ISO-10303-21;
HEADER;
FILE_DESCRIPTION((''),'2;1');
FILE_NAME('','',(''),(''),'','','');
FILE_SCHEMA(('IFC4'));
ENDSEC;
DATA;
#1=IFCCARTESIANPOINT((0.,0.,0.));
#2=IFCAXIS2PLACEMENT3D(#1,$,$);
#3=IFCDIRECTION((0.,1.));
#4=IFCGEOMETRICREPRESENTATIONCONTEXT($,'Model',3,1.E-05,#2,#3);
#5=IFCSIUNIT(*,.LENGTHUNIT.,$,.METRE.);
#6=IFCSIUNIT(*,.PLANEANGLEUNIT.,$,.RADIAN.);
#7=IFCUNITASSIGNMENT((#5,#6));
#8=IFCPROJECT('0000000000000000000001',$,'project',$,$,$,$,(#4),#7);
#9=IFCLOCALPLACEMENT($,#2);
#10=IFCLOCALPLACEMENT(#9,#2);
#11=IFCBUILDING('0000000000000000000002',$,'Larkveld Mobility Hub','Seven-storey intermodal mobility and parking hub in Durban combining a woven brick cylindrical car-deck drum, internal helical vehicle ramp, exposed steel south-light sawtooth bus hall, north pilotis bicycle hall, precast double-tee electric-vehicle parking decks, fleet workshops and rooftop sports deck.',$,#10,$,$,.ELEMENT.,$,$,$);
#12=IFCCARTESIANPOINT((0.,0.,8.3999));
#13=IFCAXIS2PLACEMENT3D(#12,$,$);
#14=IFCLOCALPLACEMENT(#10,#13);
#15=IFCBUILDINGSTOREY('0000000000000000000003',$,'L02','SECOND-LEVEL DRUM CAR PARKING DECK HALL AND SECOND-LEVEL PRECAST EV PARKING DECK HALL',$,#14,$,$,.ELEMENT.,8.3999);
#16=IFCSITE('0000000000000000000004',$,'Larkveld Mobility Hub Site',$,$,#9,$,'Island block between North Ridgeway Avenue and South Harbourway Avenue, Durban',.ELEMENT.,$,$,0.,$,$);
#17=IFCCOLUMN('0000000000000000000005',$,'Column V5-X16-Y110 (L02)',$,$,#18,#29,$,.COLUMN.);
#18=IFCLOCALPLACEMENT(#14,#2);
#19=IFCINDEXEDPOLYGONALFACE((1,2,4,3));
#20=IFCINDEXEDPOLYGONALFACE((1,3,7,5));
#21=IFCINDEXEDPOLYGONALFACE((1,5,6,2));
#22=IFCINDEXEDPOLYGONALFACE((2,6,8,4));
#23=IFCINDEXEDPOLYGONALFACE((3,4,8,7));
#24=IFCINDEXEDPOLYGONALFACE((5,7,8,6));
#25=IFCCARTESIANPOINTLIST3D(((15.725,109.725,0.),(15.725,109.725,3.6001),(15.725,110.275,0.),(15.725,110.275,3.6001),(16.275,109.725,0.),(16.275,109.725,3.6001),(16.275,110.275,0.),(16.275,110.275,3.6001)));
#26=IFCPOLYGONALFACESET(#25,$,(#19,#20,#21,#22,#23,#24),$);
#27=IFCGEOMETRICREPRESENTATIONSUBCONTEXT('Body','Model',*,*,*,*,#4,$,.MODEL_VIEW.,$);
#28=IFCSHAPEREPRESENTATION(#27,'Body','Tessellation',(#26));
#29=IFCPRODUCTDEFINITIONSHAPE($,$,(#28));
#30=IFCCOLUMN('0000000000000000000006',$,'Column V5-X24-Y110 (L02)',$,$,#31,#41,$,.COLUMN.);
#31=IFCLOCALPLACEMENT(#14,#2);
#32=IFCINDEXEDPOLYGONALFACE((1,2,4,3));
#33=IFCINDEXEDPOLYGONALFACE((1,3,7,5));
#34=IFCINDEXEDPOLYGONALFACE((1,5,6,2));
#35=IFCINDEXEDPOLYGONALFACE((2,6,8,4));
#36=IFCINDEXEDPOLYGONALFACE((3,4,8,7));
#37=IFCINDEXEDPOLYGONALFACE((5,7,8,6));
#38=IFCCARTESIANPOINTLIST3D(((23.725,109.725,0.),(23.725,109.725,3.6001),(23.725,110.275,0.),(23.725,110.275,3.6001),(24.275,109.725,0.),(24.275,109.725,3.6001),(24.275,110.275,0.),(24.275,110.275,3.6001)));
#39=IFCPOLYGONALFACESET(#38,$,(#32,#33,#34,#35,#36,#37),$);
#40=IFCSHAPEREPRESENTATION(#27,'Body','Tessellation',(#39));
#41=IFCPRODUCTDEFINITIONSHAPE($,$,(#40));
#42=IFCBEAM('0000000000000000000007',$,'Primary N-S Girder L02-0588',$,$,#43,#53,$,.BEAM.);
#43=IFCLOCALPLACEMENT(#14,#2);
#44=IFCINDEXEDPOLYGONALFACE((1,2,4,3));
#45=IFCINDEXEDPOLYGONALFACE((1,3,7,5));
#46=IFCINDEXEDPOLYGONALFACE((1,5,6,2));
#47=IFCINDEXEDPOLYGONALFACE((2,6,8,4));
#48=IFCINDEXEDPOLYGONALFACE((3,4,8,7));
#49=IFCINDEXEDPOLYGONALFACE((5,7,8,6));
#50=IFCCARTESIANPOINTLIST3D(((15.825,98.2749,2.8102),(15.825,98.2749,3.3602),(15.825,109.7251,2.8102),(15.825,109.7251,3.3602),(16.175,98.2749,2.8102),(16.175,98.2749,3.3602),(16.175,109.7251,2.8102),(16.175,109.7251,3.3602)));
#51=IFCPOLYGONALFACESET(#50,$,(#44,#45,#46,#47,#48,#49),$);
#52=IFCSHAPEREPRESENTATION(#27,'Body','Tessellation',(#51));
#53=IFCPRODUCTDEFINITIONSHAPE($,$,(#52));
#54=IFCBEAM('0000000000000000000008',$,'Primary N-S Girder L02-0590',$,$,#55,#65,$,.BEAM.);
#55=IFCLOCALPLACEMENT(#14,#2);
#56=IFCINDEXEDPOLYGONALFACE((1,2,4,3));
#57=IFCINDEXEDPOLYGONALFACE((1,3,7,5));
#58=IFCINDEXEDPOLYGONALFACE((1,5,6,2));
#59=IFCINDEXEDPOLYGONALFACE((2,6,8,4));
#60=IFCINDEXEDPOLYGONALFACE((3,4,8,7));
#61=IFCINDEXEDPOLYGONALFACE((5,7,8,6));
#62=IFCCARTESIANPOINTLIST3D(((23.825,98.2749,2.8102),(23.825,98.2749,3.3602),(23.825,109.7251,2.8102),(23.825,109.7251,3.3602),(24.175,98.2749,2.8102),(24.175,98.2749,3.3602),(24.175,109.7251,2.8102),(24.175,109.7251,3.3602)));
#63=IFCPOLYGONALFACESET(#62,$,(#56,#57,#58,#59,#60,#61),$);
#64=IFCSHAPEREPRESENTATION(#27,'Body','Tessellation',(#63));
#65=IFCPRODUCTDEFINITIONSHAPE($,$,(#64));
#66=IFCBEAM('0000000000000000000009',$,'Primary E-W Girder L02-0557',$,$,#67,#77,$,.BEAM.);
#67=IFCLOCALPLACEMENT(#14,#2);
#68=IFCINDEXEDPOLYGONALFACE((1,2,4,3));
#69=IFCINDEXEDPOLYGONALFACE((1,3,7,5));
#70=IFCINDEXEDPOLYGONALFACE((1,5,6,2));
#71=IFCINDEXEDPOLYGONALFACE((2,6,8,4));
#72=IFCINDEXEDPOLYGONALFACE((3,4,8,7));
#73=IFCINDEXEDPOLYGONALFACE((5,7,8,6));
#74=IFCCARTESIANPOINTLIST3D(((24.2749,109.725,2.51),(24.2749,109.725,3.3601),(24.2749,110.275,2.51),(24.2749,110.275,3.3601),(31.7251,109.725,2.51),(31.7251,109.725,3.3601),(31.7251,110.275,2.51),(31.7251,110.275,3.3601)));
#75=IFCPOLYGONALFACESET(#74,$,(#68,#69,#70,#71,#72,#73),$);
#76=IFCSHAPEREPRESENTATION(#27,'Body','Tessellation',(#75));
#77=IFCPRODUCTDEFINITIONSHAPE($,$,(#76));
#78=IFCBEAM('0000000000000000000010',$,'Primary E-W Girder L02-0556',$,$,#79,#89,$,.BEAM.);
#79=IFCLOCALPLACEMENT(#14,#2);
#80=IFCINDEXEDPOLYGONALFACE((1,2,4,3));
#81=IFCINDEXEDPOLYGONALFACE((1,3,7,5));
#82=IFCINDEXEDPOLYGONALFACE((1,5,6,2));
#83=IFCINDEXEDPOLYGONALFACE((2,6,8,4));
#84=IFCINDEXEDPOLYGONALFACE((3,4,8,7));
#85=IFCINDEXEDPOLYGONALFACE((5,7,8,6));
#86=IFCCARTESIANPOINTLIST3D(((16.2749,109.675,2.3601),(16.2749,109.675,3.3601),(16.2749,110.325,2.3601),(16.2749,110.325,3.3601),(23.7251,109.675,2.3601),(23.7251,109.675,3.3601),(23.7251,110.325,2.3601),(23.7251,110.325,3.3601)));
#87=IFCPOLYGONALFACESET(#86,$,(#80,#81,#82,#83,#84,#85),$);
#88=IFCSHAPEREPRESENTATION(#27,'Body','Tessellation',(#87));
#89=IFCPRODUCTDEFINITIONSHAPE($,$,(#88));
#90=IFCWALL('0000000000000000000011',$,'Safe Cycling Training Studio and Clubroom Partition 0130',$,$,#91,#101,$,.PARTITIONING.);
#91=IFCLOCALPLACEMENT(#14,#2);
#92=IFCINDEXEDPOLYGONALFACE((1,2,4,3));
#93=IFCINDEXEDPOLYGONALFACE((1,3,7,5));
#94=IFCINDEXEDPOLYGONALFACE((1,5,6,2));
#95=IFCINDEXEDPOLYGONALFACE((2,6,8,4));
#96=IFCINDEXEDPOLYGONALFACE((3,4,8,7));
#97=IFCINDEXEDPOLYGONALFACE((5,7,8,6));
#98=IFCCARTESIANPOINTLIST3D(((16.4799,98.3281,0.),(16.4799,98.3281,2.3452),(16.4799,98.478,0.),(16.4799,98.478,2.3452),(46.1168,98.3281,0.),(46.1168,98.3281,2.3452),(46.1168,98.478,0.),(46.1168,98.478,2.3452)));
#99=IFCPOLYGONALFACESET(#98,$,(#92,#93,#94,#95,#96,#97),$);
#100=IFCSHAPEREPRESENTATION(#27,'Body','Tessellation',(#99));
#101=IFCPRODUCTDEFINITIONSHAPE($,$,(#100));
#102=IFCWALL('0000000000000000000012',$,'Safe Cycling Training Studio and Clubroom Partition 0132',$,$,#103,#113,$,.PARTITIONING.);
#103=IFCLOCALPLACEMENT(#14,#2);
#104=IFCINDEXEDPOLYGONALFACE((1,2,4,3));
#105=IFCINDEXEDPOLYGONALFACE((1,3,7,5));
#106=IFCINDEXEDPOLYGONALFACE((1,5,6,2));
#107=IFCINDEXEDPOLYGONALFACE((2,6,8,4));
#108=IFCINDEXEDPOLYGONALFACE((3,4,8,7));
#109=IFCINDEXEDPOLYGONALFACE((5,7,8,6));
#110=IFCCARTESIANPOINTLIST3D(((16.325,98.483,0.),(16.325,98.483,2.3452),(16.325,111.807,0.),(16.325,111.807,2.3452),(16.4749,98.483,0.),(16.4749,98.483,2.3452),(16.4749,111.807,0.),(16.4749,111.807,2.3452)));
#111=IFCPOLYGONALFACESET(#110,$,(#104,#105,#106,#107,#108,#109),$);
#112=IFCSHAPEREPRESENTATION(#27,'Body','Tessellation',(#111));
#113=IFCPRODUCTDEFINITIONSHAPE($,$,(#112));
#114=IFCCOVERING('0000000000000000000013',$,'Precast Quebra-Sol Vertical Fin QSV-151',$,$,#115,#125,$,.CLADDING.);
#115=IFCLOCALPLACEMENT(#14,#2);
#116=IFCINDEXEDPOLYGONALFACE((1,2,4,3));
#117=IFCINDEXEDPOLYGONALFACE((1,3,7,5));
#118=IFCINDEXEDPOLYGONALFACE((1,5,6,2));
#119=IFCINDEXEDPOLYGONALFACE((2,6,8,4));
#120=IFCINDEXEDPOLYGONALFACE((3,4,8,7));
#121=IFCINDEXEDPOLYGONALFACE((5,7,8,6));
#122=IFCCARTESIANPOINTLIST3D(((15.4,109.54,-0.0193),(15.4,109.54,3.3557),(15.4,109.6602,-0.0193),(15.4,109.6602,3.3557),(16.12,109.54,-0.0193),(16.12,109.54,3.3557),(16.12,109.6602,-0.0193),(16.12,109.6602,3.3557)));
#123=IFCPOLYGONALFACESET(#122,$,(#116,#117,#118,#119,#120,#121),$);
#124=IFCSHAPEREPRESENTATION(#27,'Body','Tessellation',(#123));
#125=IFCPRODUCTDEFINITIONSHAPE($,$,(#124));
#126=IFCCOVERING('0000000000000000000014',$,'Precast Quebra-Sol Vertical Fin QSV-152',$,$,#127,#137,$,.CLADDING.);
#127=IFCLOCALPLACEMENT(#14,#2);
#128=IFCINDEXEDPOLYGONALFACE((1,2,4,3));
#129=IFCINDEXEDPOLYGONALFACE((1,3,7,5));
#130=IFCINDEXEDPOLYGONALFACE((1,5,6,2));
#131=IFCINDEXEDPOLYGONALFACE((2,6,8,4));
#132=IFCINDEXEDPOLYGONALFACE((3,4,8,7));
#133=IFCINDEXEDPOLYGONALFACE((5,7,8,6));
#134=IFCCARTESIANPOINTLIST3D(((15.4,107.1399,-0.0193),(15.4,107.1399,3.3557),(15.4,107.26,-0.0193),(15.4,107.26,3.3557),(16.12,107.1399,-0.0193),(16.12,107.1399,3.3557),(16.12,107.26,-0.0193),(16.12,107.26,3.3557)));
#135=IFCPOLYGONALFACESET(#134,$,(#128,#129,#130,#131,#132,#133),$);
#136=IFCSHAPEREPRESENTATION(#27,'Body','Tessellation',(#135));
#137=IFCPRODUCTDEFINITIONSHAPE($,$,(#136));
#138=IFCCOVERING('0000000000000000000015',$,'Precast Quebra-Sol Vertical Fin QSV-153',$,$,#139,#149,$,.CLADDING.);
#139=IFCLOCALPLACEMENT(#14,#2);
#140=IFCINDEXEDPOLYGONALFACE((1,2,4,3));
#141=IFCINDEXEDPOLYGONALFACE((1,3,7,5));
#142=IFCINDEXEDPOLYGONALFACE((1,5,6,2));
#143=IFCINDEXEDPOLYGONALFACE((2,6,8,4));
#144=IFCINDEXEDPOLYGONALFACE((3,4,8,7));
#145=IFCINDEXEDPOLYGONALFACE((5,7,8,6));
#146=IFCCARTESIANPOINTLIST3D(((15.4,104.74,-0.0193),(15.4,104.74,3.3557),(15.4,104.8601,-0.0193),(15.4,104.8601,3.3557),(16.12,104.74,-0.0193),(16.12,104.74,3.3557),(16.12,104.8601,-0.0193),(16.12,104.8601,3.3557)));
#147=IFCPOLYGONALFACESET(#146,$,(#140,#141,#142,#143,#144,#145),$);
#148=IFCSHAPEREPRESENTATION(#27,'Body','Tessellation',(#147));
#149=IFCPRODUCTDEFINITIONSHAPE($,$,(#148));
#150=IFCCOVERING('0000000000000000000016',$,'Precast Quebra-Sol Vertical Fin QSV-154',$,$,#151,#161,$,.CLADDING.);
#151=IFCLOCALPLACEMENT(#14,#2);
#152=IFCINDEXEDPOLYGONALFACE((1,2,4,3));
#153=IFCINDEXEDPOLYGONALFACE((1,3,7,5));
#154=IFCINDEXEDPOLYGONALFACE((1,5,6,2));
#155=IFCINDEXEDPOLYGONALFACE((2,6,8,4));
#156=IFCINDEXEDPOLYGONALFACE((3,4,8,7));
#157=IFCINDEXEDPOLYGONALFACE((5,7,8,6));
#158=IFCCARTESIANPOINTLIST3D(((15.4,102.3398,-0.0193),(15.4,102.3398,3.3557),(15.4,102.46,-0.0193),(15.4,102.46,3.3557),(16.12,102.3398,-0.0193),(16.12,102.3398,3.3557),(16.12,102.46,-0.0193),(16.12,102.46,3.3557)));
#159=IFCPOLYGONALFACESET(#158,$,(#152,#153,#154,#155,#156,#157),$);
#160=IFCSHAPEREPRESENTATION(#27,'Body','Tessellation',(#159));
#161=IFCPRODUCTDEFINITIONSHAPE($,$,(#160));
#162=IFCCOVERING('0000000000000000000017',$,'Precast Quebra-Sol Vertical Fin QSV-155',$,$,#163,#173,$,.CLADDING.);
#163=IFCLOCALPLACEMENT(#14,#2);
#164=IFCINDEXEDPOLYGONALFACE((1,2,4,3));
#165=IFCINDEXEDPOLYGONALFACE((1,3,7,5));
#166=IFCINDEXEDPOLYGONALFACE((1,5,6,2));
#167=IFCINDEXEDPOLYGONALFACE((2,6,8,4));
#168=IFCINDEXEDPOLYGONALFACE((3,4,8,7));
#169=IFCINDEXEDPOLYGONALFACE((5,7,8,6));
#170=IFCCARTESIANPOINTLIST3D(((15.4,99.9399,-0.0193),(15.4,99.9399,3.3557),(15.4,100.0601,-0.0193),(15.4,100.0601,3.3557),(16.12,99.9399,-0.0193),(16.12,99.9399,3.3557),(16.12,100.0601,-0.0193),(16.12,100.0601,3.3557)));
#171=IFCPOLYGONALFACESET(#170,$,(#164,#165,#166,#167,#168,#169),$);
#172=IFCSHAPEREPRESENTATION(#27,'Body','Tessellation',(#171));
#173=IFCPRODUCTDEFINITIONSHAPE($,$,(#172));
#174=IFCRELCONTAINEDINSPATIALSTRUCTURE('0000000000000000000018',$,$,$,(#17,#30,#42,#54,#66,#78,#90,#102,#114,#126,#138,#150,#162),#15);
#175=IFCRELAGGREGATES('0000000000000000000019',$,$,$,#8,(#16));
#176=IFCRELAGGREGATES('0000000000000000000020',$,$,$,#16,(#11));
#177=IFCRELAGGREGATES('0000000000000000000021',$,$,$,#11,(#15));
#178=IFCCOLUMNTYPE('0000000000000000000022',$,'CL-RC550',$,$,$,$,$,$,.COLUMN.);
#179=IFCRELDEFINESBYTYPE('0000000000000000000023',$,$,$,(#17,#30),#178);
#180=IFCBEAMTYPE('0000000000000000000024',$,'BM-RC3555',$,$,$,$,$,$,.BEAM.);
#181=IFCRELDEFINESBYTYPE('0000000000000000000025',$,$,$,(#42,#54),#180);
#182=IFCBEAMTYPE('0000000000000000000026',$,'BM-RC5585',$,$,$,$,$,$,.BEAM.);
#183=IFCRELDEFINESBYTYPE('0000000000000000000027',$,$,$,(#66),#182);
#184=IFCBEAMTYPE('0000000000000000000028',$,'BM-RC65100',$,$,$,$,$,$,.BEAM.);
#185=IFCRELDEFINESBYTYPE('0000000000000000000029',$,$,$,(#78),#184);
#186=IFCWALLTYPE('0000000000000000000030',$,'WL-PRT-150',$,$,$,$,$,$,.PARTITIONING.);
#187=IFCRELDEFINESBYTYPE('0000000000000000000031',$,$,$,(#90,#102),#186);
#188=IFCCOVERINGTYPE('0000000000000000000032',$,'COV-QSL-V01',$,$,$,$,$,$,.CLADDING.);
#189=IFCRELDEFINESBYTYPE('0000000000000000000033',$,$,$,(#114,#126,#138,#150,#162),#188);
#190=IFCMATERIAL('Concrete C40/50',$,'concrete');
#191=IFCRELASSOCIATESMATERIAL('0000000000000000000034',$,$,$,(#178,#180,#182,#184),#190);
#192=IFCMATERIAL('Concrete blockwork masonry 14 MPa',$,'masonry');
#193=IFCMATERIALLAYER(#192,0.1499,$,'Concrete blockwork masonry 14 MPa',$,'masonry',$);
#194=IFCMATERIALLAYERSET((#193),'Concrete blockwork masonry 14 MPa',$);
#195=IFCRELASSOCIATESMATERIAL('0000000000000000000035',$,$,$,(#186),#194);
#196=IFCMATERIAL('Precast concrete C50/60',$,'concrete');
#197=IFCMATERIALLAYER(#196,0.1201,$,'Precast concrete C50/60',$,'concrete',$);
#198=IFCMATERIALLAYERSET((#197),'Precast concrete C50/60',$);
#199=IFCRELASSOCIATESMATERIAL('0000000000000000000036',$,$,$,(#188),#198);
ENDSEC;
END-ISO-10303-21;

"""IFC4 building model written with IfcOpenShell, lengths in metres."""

from ifc_helpers import new_model, si_unit, direction, frame, frame_2d, origin, origin_2d, place, context, subcontext, project, spatial, rectangle, extrude, material, layer, layer_set, material_profile, profile_set, type_object, element, save


model = new_model("IFC4")

# Units and contexts
model_context = context("Model", 3, precision=1e-05, world=origin(), true_north=direction((0.0, 1.0)))
body_context = subcontext(model_context, "Body", "Model", "MODEL_VIEW")
ifc_project = project(units=[si_unit("LENGTHUNIT", "METRE"), si_unit("PLANEANGLEUNIT", "RADIAN")], contexts=[model_context])

# Site, building, storey
site_placement = place(None, origin())
site = spatial("IfcSite", under=ifc_project, at=site_placement, Name="Larkveld Mobility Hub Site", LongName="Island block between North Ridgeway Avenue and South Harbourway Avenue, Durban", CompositionType="ELEMENT", RefElevation=0.0)
building_placement = place(site_placement, origin())
building = spatial("IfcBuilding", under=site, at=building_placement, Name="Larkveld Mobility Hub", Description="Seven-storey intermodal mobility and parking hub in Durban combining a woven brick cylindrical car-deck drum, internal helical vehicle ramp, exposed steel south-light sawtooth bus hall, north pilotis bicycle hall, precast double-tee electric-vehicle parking decks, fleet workshops and rooftop sports deck.", CompositionType="ELEMENT")
storey_placement = place(building_placement, frame((0.0, 0.0, 8.3999)))
storey = spatial("IfcBuildingStorey", under=building, at=storey_placement, Name="L02", Description="SECOND-LEVEL DRUM CAR PARKING DECK HALL AND SECOND-LEVEL PRECAST EV PARKING DECK HALL", CompositionType="ELEMENT", Elevation=8.3999)

# Columns
ifc_material_1 = material(Name="Concrete C40/50", Category="concrete")
ifc_material_profile_1 = material_profile(ifc_material_1, rectangle(XDim=0.55, YDim=0.55, at=origin_2d()), Name="RC COL 550x550")
ifc_profile_set_1 = profile_set([ifc_material_profile_1], Name="Concrete C40/50")
column_type = type_object("IfcColumnType", Name="CL-RC550", PredefinedType="COLUMN", material=ifc_profile_set_1)
for number, where, z_axis, x_axis, name in (
    (1, (16.0, 110.0, 0.0), (0.0, 0.0, 1.0), (1.0, 0.0, 0.0), "Column V5-X16-Y110 (L02)"),
    (2, (24.0, 110.0, 0.0), (0.0, 0.0, 1.0), (1.0, 0.0, 0.0), "Column V5-X24-Y110 (L02)"),
):
    element("IfcColumn", number, at=place(storey_placement, frame(where, z_axis=z_axis, x_axis=x_axis)), inside=storey, type_object=column_type, Name=name, PredefinedType="COLUMN", context=body_context, shape_type="SweptSolid", body=[
        extrude(rectangle(XDim=0.55, YDim=0.55, at=origin_2d()), origin(), (0.0, 0.0, 1.0), 3.6001),
    ])

# Beams
ifc_material_profile_2 = material_profile(ifc_material_1, rectangle(XDim=0.3501, YDim=0.55, at=origin_2d()), Name="RC BM 350x550")
ifc_profile_set_2 = profile_set([ifc_material_profile_2], Name="Concrete C40/50")
beam_type_1 = type_object("IfcBeamType", Name="BM-RC3555", PredefinedType="BEAM", material=ifc_profile_set_2)
for number, where, z_axis, x_axis, name in (
    (3, (16.0, 98.2749, 3.0852), (0.0, 1.0, 0.0), (-1.0, 0.0, 0.0), "Primary N-S Girder L02-0588"),
    (4, (24.0, 98.2749, 3.0852), (0.0, 1.0, 0.0), (-1.0, 0.0, 0.0), "Primary N-S Girder L02-0590"),
):
    element("IfcBeam", number, at=place(storey_placement, frame(where, z_axis=z_axis, x_axis=x_axis)), inside=storey, type_object=beam_type_1, Name=name, PredefinedType="BEAM", context=body_context, shape_type="SweptSolid", body=[
        extrude(rectangle(XDim=0.3501, YDim=0.55, at=origin_2d()), origin(), (0.0, 0.0, 1.0), 11.4502),
    ])
ifc_material_profile_3 = material_profile(ifc_material_1, rectangle(XDim=0.55, YDim=0.8501, at=origin_2d()), Name="RC BM 550x850")
ifc_profile_set_3 = profile_set([ifc_material_profile_3], Name="Concrete C40/50")
beam_type_2 = type_object("IfcBeamType", Name="BM-RC5585", PredefinedType="BEAM", material=ifc_profile_set_3)
beam_1_placement = place(storey_placement, frame((24.2749, 110.0, 2.9351), z_axis=(1.0, 0.0, 0.0), x_axis=(0.0, 1.0, 0.0)))
element("IfcBeam", 5, at=beam_1_placement, inside=storey, type_object=beam_type_2, Name="Primary E-W Girder L02-0557", PredefinedType="BEAM", context=body_context, shape_type="SweptSolid", body=[
    extrude(rectangle(XDim=0.55, YDim=0.8501, at=origin_2d()), origin(), (0.0, 0.0, 1.0), 7.4502),
])
ifc_material_profile_4 = material_profile(ifc_material_1, rectangle(XDim=0.6499, YDim=1.0, at=origin_2d()), Name="RC BM 650x1000")
ifc_profile_set_4 = profile_set([ifc_material_profile_4], Name="Concrete C40/50")
beam_type_3 = type_object("IfcBeamType", Name="BM-RC65100", PredefinedType="BEAM", material=ifc_profile_set_4)
beam_2_placement = place(storey_placement, frame((16.2749, 110.0, 2.8601), z_axis=(1.0, 0.0, 0.0), x_axis=(0.0, 1.0, 0.0)))
element("IfcBeam", 6, at=beam_2_placement, inside=storey, type_object=beam_type_3, Name="Primary E-W Girder L02-0556", PredefinedType="BEAM", context=body_context, shape_type="SweptSolid", body=[
    extrude(rectangle(XDim=0.6499, YDim=1.0, at=origin_2d()), origin(), (0.0, 0.0, 1.0), 7.4502),
])

# Walls
ifc_material_2 = material(Name="Concrete blockwork masonry 14 MPa", Category="masonry")
ifc_layer_1 = layer(ifc_material_2, 0.1499, Name="Concrete blockwork masonry 14 MPa", Category="masonry")
ifc_layer_set_1 = layer_set([ifc_layer_1], Name="Concrete blockwork masonry 14 MPa")
wall_type = type_object("IfcWallType", Name="WL-PRT-150", PredefinedType="PARTITIONING", material=ifc_layer_set_1)
wall_1_placement = place(storey_placement, frame((16.48, 98.4031, 0.0), z_axis=(0.0, 0.0, 1.0), x_axis=(1.0, 0.0, 0.0)))
element("IfcWall", 7, at=wall_1_placement, inside=storey, type_object=wall_type, Name="Safe Cycling Training Studio and Clubroom Partition 0130", PredefinedType="PARTITIONING", context=body_context, shape_type="SweptSolid", body=[
    extrude(rectangle(XDim=29.637, YDim=0.1499, at=frame_2d((14.8184, 0.0))), origin(), (0.0, 0.0, 1.0), 2.3452),
])
wall_2_placement = place(storey_placement, frame((16.3999, 98.4829, 0.0), z_axis=(0.0, 0.0, 1.0), x_axis=(0.0, 1.0, 0.0)))
element("IfcWall", 8, at=wall_2_placement, inside=storey, type_object=wall_type, Name="Safe Cycling Training Studio and Clubroom Partition 0132", PredefinedType="PARTITIONING", context=body_context, shape_type="SweptSolid", body=[
    extrude(rectangle(XDim=13.324, YDim=0.1499, at=frame_2d((6.6621, 0.0))), origin(), (0.0, 0.0, 1.0), 2.3452),
])

# Coverings
ifc_material_3 = material(Name="Precast concrete C50/60", Category="concrete")
ifc_layer_2 = layer(ifc_material_3, 0.1201, Name="Precast concrete C50/60", Category="concrete")
ifc_layer_set_2 = layer_set([ifc_layer_2], Name="Precast concrete C50/60")
covering_type = type_object("IfcCoveringType", Name="COV-QSL-V01", PredefinedType="CLADDING", material=ifc_layer_set_2)
for number, where, z_axis, x_axis, name in (
    (9, (15.76, 109.6001, -0.0193), (0.0, 0.0, 1.0), (0.0, -1.0, 0.0), "Precast Quebra-Sol Vertical Fin QSV-151"),
    (10, (15.76, 107.2, -0.0193), (0.0, 0.0, 1.0), (0.0, -1.0, 0.0), "Precast Quebra-Sol Vertical Fin QSV-152"),
    (11, (15.76, 104.8, -0.0193), (0.0, 0.0, 1.0), (0.0, -1.0, 0.0), "Precast Quebra-Sol Vertical Fin QSV-153"),
    (12, (15.76, 102.3999, -0.0193), (0.0, 0.0, 1.0), (0.0, -1.0, 0.0), "Precast Quebra-Sol Vertical Fin QSV-154"),
    (13, (15.76, 100.0, -0.0193), (0.0, 0.0, 1.0), (0.0, -1.0, 0.0), "Precast Quebra-Sol Vertical Fin QSV-155"),
):
    element("IfcCovering", number, at=place(storey_placement, frame(where, z_axis=z_axis, x_axis=x_axis)), inside=storey, type_object=covering_type, Name=name, PredefinedType="CLADDING", context=body_context, shape_type="SweptSolid", body=[
        extrude(rectangle(XDim=0.1201, YDim=0.72, at=origin_2d()), origin(), (0.0, 0.0, 1.0), 3.375),
    ])

save(model, "model.ifc")
